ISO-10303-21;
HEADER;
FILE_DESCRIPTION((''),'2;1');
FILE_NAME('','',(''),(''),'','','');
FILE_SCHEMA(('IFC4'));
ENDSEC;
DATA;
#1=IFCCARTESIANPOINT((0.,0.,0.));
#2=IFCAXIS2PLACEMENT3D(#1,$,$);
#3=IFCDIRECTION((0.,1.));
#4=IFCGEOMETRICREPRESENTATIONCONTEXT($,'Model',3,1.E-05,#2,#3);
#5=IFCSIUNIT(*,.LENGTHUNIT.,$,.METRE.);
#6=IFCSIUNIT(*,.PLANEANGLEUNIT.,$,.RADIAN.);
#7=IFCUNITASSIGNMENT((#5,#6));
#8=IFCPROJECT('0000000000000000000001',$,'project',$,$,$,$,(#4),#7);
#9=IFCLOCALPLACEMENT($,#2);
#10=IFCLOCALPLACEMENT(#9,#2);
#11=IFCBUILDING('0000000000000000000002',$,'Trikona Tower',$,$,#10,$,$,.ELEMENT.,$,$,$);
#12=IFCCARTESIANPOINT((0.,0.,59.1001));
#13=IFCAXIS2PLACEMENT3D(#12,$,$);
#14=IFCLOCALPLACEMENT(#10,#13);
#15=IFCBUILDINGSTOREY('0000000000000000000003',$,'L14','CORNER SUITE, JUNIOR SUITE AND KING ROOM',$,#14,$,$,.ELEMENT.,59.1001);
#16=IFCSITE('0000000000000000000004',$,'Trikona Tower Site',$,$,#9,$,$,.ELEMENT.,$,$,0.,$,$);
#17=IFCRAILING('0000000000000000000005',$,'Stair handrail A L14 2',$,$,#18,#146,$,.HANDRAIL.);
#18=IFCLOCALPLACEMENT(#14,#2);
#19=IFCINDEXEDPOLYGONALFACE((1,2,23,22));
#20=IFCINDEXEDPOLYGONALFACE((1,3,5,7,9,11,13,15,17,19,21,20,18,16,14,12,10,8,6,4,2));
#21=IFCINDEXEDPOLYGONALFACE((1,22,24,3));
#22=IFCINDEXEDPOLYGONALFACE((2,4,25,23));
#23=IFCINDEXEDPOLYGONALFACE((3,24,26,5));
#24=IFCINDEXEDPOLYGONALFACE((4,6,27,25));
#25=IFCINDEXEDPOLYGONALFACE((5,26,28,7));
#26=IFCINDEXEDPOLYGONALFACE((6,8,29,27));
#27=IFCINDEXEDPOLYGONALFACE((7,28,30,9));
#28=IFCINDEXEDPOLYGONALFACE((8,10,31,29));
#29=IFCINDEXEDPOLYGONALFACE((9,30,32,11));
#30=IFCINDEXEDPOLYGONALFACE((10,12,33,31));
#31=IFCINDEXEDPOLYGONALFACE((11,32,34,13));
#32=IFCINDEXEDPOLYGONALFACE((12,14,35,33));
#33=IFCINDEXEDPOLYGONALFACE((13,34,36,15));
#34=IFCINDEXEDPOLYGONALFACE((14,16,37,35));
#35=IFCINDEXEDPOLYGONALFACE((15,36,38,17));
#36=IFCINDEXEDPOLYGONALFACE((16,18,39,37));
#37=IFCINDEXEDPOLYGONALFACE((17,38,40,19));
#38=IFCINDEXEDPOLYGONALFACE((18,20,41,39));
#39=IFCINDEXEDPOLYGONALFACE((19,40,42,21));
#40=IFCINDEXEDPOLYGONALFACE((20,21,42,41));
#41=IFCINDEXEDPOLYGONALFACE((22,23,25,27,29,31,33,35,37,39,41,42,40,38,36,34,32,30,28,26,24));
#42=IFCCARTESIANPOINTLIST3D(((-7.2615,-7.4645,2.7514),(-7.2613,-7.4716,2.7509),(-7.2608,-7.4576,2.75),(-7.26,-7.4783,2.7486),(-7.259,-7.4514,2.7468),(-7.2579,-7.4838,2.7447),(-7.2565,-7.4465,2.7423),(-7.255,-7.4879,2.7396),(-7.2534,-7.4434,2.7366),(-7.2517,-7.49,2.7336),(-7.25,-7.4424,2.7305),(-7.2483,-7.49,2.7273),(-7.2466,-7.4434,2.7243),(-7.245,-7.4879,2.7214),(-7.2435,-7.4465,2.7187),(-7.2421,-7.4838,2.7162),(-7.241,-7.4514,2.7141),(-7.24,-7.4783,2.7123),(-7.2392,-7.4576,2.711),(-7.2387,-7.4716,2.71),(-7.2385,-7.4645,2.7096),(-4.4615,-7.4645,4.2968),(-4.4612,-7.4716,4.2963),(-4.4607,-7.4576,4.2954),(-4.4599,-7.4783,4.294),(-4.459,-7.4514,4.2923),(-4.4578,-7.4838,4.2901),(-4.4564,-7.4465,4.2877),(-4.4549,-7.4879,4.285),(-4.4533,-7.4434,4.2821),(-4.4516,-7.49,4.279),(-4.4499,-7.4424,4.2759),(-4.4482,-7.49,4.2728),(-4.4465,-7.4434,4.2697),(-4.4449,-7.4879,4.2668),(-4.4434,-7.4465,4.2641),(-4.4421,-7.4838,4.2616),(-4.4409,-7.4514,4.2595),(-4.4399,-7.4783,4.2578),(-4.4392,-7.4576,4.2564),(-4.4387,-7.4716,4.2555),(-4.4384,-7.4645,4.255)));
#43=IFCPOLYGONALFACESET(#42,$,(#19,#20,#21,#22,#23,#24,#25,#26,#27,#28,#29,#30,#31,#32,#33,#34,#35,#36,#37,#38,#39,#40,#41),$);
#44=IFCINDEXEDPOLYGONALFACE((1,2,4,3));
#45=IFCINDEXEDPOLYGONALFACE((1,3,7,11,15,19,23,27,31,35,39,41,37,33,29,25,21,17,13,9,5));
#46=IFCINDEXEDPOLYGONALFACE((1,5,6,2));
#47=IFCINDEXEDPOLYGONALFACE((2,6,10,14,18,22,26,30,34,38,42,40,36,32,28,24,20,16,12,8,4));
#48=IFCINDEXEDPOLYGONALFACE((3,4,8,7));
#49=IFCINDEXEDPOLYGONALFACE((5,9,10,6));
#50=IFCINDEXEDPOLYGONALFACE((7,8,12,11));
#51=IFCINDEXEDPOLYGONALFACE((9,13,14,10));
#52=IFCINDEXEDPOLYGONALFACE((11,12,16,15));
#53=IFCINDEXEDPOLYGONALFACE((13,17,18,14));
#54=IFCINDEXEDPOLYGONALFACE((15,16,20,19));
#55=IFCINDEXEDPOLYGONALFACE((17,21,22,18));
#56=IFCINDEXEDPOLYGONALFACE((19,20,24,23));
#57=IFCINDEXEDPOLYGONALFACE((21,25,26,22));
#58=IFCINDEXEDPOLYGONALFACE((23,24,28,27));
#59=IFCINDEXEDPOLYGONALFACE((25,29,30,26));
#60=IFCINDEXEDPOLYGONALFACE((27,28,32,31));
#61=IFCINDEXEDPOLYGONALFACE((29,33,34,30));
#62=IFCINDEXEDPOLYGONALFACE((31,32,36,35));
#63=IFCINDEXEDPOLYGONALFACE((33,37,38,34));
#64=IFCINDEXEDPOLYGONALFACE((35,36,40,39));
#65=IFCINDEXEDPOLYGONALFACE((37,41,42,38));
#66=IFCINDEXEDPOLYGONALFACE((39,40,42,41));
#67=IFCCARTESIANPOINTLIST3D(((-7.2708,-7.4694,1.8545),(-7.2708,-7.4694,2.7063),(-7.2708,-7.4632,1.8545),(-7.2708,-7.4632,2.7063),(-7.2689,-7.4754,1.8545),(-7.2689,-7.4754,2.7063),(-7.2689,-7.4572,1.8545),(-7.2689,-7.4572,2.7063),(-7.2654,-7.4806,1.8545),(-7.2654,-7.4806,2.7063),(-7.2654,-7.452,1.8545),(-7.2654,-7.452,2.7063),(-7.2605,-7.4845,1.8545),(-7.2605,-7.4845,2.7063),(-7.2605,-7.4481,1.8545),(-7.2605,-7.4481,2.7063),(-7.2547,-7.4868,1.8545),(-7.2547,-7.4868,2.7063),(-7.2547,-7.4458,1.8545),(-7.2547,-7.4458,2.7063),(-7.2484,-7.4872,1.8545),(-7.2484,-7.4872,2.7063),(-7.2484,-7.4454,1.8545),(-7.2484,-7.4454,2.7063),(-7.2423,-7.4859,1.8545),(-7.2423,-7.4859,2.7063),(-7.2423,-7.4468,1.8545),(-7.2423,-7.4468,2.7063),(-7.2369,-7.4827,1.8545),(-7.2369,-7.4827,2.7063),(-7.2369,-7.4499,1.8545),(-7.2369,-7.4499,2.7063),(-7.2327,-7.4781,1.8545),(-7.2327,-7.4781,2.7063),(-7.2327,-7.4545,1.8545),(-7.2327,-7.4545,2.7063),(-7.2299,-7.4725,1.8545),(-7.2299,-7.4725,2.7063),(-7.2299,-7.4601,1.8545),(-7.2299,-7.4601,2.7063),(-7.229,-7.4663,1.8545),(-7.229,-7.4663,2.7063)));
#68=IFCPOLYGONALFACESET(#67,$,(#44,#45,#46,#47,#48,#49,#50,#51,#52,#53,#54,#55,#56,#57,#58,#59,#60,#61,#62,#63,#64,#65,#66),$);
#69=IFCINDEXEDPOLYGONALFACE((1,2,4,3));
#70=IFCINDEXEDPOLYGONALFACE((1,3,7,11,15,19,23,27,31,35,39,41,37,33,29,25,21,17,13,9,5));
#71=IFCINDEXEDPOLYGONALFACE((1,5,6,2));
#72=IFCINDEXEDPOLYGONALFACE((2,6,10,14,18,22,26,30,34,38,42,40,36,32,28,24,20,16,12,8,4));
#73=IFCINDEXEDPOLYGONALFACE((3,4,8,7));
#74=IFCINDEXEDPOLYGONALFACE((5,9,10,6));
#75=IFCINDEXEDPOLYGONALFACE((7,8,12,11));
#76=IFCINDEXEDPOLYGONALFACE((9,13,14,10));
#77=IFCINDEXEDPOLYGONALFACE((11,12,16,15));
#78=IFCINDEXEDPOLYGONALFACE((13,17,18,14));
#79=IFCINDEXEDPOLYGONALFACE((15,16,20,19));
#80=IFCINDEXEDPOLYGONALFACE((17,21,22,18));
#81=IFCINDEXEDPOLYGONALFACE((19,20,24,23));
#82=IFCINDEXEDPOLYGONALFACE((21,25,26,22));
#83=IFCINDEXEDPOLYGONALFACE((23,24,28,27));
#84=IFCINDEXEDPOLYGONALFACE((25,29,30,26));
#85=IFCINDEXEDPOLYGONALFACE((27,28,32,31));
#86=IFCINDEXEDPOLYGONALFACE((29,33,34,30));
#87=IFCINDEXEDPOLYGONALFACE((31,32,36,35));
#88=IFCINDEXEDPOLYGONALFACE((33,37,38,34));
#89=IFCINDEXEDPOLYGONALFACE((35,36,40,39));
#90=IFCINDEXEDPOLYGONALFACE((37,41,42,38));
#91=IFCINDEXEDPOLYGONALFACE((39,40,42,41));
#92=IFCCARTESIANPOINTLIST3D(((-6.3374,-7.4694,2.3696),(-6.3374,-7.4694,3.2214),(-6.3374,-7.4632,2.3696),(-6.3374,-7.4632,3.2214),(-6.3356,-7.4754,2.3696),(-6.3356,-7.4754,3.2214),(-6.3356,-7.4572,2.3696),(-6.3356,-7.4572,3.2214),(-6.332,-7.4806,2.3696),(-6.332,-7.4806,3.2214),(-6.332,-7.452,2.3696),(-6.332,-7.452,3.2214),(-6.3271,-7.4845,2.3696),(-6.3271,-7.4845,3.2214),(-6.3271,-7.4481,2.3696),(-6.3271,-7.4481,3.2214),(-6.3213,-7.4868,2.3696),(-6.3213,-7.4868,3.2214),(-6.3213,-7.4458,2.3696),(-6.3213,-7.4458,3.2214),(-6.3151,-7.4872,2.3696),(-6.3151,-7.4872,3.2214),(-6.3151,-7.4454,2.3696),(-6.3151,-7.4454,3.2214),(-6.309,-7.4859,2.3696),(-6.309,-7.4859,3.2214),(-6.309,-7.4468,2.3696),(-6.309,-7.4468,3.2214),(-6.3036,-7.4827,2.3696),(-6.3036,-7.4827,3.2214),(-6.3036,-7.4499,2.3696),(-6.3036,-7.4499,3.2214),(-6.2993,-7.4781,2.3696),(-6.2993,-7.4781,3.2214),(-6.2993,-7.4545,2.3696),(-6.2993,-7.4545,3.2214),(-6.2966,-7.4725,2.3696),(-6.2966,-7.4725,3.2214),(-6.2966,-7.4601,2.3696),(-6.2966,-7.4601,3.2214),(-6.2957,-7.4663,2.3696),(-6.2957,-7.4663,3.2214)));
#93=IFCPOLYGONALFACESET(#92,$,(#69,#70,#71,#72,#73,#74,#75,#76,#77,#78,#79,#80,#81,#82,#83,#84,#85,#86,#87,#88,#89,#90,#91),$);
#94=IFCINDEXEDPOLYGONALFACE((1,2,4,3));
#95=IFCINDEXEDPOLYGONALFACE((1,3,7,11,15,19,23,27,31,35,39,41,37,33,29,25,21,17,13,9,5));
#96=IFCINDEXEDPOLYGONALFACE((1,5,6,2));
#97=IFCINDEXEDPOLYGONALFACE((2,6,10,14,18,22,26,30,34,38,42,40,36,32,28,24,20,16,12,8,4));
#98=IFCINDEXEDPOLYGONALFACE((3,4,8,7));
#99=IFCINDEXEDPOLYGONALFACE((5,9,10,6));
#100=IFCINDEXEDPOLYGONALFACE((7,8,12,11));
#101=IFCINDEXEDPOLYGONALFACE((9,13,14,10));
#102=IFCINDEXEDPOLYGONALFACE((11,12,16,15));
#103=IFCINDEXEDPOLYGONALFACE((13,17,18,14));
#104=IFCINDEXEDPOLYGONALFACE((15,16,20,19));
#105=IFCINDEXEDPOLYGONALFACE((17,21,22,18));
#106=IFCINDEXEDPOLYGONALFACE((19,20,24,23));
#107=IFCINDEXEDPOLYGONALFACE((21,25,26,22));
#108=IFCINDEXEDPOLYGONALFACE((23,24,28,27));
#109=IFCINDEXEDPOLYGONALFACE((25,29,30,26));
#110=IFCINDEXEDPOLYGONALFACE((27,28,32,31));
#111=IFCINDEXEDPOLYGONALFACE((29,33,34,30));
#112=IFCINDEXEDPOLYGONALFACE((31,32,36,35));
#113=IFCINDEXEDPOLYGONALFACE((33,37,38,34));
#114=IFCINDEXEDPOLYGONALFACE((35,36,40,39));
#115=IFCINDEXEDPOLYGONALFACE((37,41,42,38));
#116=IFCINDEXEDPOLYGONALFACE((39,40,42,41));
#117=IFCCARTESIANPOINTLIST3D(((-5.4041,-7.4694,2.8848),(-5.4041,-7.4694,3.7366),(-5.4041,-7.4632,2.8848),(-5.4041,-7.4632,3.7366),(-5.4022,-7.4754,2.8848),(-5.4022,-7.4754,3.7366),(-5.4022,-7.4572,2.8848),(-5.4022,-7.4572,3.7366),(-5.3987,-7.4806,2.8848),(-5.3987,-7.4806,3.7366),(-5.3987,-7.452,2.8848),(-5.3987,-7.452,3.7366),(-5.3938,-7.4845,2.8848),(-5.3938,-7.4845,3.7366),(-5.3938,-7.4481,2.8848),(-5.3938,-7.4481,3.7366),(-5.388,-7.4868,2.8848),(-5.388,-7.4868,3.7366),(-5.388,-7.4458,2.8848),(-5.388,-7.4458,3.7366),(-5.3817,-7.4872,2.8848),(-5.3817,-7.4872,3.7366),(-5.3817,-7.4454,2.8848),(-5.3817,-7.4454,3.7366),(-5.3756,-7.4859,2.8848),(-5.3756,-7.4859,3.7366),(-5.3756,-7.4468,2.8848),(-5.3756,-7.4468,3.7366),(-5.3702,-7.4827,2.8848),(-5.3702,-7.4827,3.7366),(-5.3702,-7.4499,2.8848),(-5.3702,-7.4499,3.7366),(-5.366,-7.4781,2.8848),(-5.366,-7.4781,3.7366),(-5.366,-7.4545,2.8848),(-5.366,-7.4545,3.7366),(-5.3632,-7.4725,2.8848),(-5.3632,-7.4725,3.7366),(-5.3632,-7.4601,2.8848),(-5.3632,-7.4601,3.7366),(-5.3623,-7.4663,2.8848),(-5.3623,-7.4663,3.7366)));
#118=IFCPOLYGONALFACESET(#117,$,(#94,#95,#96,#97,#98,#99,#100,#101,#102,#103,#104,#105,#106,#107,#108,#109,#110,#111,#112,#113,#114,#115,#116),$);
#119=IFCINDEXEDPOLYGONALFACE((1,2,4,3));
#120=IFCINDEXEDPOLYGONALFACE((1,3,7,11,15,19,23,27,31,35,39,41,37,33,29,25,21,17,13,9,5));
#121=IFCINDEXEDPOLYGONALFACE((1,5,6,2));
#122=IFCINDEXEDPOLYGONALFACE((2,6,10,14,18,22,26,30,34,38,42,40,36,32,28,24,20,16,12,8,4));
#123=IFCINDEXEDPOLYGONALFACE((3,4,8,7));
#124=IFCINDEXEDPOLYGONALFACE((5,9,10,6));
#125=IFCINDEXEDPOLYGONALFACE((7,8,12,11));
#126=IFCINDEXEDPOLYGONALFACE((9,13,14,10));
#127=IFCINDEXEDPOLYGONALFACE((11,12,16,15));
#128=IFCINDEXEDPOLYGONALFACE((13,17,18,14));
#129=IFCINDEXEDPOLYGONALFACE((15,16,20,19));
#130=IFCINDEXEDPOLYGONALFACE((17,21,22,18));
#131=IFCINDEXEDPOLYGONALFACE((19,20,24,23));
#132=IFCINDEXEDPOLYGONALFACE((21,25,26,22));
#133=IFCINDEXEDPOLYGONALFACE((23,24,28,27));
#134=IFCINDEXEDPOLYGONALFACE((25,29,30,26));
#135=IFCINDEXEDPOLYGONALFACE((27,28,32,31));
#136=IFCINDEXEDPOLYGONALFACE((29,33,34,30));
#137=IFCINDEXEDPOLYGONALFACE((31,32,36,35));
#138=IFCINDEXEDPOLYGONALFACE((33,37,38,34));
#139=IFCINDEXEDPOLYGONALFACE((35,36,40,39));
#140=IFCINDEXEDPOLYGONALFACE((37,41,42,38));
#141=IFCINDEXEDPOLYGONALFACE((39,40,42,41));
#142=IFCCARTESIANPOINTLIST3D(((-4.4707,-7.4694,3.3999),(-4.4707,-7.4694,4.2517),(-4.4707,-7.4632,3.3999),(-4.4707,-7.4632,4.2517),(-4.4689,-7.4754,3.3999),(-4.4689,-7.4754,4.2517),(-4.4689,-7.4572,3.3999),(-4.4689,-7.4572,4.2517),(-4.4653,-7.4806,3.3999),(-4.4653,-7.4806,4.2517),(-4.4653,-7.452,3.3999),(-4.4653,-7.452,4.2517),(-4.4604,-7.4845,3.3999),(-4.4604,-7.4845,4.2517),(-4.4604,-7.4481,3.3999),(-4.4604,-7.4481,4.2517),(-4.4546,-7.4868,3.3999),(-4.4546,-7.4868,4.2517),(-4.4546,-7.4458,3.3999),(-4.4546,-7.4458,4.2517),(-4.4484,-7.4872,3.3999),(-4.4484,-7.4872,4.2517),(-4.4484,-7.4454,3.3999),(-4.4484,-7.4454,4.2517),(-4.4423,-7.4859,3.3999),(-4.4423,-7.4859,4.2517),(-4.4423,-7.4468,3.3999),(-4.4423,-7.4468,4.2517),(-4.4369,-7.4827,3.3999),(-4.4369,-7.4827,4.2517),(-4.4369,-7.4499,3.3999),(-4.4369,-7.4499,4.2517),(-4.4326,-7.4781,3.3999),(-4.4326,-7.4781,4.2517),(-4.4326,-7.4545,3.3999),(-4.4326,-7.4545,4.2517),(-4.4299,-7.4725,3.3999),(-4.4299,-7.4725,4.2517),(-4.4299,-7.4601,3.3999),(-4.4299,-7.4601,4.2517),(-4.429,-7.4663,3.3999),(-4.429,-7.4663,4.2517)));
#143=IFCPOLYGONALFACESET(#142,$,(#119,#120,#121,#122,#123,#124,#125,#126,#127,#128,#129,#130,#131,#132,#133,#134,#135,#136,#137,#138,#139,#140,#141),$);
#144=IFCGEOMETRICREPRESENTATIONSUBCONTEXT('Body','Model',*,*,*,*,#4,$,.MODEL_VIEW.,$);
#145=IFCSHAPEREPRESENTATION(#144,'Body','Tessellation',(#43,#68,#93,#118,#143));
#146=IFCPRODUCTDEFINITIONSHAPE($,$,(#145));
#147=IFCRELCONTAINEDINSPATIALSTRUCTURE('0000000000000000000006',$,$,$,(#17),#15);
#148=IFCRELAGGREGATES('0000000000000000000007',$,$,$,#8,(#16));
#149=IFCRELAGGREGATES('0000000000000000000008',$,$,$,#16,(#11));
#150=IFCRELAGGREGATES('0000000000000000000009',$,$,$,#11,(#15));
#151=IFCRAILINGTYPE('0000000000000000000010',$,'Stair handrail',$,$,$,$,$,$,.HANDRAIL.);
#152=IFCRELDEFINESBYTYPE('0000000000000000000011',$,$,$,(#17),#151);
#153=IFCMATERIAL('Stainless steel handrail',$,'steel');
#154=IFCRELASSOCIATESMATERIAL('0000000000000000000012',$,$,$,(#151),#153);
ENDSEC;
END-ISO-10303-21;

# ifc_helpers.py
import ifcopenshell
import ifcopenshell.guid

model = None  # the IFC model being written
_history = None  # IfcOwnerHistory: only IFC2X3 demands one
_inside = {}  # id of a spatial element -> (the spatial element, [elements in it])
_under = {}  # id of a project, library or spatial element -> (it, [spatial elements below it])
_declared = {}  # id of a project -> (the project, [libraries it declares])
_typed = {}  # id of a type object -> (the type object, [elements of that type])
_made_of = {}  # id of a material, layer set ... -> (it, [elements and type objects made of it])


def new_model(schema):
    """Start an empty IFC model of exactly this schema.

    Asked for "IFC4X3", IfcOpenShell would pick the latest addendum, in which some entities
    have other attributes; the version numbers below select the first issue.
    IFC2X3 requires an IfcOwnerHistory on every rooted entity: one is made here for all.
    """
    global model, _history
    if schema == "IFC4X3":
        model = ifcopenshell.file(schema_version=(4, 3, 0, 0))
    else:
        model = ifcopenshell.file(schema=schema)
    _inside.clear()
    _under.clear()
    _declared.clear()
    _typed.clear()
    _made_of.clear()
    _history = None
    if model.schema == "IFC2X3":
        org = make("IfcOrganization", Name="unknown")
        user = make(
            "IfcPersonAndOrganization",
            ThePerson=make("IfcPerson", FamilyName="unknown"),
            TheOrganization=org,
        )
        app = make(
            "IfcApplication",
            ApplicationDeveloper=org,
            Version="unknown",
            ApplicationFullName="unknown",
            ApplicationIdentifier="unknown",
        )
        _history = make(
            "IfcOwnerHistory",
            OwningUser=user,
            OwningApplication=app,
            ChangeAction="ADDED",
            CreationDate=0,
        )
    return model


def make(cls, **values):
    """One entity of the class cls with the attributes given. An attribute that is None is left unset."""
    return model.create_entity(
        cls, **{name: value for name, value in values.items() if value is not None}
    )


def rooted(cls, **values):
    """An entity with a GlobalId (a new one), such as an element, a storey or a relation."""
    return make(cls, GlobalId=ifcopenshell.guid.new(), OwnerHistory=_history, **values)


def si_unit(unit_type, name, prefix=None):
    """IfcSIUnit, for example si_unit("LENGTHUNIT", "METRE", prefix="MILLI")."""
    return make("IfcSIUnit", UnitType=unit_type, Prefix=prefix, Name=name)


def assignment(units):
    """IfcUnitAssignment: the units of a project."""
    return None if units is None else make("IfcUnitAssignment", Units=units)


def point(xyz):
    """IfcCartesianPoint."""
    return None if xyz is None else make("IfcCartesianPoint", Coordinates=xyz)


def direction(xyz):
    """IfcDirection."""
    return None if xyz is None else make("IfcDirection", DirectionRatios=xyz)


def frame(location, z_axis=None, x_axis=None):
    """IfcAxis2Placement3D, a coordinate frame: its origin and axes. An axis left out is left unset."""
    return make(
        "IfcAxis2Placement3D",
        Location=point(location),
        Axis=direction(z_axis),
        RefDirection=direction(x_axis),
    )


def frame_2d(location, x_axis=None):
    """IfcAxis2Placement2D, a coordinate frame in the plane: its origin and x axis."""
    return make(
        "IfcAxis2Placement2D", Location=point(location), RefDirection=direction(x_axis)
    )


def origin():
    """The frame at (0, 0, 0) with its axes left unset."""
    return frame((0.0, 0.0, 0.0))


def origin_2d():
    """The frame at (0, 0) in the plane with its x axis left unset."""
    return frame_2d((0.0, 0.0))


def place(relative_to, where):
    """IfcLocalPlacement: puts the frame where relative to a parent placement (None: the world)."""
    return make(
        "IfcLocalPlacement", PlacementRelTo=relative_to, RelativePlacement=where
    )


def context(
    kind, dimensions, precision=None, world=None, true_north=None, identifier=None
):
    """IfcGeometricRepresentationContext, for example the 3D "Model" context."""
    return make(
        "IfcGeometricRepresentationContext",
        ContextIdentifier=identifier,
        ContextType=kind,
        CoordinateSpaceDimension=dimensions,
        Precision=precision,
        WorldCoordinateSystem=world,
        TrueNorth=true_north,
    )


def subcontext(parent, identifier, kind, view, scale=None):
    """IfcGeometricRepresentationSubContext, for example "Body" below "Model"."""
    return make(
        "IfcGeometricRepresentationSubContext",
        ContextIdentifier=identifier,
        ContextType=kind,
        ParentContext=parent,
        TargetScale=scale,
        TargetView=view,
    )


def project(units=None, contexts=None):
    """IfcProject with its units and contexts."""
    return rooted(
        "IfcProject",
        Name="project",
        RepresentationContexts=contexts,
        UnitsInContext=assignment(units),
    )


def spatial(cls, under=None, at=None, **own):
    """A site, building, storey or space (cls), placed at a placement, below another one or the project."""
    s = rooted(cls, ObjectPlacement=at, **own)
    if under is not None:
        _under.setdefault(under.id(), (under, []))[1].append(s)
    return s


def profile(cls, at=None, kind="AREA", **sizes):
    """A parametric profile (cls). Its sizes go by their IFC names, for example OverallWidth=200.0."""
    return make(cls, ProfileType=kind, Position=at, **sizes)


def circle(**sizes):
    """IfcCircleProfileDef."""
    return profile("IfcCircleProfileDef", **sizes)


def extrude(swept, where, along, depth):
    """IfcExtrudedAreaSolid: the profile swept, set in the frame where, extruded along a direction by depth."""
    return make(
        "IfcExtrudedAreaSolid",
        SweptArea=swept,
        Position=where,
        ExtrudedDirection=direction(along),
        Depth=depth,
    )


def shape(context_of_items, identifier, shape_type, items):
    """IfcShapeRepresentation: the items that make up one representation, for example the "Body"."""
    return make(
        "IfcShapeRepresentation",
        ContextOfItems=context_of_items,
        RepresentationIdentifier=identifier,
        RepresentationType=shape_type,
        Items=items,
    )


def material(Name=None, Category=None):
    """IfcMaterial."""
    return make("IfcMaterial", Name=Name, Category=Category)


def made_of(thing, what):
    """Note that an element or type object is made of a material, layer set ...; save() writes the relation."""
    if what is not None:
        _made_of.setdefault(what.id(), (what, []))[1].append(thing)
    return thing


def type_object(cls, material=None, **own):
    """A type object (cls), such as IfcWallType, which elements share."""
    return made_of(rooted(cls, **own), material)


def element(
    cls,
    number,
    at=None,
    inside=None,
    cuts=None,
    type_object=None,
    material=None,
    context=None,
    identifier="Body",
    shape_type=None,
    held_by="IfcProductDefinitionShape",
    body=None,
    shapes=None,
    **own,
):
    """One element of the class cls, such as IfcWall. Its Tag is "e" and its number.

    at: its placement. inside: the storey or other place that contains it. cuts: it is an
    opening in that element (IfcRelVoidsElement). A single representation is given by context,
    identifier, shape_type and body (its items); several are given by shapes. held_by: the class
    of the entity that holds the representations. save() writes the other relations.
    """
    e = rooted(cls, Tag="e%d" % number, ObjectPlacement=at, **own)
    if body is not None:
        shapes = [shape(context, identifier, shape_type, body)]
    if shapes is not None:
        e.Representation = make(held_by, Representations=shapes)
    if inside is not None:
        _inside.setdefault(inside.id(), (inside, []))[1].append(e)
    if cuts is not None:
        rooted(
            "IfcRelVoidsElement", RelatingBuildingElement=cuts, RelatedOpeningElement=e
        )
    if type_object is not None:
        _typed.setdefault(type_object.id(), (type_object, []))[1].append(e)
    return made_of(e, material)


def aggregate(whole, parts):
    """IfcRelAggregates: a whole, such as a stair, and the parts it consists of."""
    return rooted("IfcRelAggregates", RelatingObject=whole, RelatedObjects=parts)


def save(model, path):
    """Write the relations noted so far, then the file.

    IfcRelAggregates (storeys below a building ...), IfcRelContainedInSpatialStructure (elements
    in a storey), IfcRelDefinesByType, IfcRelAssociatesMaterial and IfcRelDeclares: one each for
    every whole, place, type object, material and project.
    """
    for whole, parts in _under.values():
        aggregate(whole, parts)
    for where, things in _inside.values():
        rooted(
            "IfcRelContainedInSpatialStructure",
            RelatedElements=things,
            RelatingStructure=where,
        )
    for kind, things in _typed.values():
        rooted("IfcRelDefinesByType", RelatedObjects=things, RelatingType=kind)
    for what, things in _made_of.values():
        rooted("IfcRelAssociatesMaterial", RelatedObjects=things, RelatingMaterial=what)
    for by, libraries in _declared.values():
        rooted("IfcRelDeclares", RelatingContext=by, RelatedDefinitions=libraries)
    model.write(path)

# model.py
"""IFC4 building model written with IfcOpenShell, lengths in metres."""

from ifc_helpers import new_model, si_unit, direction, frame, origin, origin_2d, place, context, subcontext, project, spatial, circle, extrude, material, type_object, element, save


model = new_model("IFC4")

# Units and contexts
model_context = context("Model", 3, precision=1e-05, world=origin(), true_north=direction((0.0, 1.0)))
body_context = subcontext(model_context, "Body", "Model", "MODEL_VIEW")
ifc_project = project(units=[si_unit("LENGTHUNIT", "METRE"), si_unit("PLANEANGLEUNIT", "RADIAN")], contexts=[model_context])

# Site, building, storey
site_placement = place(None, origin())
site = spatial("IfcSite", under=ifc_project, at=site_placement, Name="Trikona Tower Site", CompositionType="ELEMENT", RefElevation=0.0)
building_placement = place(site_placement, origin())
building = spatial("IfcBuilding", under=site, at=building_placement, Name="Trikona Tower", CompositionType="ELEMENT")
storey_placement = place(building_placement, frame((0.0, 0.0, 59.1001)))
storey = spatial("IfcBuildingStorey", under=building, at=storey_placement, Name="L14", Description="CORNER SUITE, JUNIOR SUITE AND KING ROOM", CompositionType="ELEMENT", Elevation=59.1001)

# Railing
ifc_material_1 = material(Name="Stainless steel handrail", Category="steel")
railing_type = type_object("IfcRailingType", Name="Stair handrail", PredefinedType="HANDRAIL", material=ifc_material_1)
railing_placement = place(storey_placement, frame((-7.25, -7.4663, 1.8545)))
element("IfcRailing", 1, at=railing_placement, inside=storey, type_object=railing_type, Name="Stair handrail A L14 2", PredefinedType="HANDRAIL", context=body_context, shape_type="SweptSolid", body=[
    extrude(circle(Radius=0.0239, at=origin_2d()), frame((0.0, 0.0, 0.876), z_axis=(0.875504, 0.0, 0.483211), x_axis=(0.0, 1.0, 0.0)), (0.0, 0.0, 1.0), 3.1982),
    extrude(circle(Radius=0.021, at=origin_2d()), origin(), (0.0, 0.0, 1.0), 0.8518),
    extrude(circle(Radius=0.021, at=origin_2d()), frame((0.9333, 0.0, 0.5151)), (0.0, 0.0, 1.0), 0.8518),
    extrude(circle(Radius=0.021, at=origin_2d()), frame((1.8667, 0.0, 1.0303)), (0.0, 0.0, 1.0), 0.8518),
    extrude(circle(Radius=0.021, at=origin_2d()), frame((2.8, 0.0, 1.5454)), (0.0, 0.0, 1.0), 0.8518),
])

save(model, "model.ifc")
